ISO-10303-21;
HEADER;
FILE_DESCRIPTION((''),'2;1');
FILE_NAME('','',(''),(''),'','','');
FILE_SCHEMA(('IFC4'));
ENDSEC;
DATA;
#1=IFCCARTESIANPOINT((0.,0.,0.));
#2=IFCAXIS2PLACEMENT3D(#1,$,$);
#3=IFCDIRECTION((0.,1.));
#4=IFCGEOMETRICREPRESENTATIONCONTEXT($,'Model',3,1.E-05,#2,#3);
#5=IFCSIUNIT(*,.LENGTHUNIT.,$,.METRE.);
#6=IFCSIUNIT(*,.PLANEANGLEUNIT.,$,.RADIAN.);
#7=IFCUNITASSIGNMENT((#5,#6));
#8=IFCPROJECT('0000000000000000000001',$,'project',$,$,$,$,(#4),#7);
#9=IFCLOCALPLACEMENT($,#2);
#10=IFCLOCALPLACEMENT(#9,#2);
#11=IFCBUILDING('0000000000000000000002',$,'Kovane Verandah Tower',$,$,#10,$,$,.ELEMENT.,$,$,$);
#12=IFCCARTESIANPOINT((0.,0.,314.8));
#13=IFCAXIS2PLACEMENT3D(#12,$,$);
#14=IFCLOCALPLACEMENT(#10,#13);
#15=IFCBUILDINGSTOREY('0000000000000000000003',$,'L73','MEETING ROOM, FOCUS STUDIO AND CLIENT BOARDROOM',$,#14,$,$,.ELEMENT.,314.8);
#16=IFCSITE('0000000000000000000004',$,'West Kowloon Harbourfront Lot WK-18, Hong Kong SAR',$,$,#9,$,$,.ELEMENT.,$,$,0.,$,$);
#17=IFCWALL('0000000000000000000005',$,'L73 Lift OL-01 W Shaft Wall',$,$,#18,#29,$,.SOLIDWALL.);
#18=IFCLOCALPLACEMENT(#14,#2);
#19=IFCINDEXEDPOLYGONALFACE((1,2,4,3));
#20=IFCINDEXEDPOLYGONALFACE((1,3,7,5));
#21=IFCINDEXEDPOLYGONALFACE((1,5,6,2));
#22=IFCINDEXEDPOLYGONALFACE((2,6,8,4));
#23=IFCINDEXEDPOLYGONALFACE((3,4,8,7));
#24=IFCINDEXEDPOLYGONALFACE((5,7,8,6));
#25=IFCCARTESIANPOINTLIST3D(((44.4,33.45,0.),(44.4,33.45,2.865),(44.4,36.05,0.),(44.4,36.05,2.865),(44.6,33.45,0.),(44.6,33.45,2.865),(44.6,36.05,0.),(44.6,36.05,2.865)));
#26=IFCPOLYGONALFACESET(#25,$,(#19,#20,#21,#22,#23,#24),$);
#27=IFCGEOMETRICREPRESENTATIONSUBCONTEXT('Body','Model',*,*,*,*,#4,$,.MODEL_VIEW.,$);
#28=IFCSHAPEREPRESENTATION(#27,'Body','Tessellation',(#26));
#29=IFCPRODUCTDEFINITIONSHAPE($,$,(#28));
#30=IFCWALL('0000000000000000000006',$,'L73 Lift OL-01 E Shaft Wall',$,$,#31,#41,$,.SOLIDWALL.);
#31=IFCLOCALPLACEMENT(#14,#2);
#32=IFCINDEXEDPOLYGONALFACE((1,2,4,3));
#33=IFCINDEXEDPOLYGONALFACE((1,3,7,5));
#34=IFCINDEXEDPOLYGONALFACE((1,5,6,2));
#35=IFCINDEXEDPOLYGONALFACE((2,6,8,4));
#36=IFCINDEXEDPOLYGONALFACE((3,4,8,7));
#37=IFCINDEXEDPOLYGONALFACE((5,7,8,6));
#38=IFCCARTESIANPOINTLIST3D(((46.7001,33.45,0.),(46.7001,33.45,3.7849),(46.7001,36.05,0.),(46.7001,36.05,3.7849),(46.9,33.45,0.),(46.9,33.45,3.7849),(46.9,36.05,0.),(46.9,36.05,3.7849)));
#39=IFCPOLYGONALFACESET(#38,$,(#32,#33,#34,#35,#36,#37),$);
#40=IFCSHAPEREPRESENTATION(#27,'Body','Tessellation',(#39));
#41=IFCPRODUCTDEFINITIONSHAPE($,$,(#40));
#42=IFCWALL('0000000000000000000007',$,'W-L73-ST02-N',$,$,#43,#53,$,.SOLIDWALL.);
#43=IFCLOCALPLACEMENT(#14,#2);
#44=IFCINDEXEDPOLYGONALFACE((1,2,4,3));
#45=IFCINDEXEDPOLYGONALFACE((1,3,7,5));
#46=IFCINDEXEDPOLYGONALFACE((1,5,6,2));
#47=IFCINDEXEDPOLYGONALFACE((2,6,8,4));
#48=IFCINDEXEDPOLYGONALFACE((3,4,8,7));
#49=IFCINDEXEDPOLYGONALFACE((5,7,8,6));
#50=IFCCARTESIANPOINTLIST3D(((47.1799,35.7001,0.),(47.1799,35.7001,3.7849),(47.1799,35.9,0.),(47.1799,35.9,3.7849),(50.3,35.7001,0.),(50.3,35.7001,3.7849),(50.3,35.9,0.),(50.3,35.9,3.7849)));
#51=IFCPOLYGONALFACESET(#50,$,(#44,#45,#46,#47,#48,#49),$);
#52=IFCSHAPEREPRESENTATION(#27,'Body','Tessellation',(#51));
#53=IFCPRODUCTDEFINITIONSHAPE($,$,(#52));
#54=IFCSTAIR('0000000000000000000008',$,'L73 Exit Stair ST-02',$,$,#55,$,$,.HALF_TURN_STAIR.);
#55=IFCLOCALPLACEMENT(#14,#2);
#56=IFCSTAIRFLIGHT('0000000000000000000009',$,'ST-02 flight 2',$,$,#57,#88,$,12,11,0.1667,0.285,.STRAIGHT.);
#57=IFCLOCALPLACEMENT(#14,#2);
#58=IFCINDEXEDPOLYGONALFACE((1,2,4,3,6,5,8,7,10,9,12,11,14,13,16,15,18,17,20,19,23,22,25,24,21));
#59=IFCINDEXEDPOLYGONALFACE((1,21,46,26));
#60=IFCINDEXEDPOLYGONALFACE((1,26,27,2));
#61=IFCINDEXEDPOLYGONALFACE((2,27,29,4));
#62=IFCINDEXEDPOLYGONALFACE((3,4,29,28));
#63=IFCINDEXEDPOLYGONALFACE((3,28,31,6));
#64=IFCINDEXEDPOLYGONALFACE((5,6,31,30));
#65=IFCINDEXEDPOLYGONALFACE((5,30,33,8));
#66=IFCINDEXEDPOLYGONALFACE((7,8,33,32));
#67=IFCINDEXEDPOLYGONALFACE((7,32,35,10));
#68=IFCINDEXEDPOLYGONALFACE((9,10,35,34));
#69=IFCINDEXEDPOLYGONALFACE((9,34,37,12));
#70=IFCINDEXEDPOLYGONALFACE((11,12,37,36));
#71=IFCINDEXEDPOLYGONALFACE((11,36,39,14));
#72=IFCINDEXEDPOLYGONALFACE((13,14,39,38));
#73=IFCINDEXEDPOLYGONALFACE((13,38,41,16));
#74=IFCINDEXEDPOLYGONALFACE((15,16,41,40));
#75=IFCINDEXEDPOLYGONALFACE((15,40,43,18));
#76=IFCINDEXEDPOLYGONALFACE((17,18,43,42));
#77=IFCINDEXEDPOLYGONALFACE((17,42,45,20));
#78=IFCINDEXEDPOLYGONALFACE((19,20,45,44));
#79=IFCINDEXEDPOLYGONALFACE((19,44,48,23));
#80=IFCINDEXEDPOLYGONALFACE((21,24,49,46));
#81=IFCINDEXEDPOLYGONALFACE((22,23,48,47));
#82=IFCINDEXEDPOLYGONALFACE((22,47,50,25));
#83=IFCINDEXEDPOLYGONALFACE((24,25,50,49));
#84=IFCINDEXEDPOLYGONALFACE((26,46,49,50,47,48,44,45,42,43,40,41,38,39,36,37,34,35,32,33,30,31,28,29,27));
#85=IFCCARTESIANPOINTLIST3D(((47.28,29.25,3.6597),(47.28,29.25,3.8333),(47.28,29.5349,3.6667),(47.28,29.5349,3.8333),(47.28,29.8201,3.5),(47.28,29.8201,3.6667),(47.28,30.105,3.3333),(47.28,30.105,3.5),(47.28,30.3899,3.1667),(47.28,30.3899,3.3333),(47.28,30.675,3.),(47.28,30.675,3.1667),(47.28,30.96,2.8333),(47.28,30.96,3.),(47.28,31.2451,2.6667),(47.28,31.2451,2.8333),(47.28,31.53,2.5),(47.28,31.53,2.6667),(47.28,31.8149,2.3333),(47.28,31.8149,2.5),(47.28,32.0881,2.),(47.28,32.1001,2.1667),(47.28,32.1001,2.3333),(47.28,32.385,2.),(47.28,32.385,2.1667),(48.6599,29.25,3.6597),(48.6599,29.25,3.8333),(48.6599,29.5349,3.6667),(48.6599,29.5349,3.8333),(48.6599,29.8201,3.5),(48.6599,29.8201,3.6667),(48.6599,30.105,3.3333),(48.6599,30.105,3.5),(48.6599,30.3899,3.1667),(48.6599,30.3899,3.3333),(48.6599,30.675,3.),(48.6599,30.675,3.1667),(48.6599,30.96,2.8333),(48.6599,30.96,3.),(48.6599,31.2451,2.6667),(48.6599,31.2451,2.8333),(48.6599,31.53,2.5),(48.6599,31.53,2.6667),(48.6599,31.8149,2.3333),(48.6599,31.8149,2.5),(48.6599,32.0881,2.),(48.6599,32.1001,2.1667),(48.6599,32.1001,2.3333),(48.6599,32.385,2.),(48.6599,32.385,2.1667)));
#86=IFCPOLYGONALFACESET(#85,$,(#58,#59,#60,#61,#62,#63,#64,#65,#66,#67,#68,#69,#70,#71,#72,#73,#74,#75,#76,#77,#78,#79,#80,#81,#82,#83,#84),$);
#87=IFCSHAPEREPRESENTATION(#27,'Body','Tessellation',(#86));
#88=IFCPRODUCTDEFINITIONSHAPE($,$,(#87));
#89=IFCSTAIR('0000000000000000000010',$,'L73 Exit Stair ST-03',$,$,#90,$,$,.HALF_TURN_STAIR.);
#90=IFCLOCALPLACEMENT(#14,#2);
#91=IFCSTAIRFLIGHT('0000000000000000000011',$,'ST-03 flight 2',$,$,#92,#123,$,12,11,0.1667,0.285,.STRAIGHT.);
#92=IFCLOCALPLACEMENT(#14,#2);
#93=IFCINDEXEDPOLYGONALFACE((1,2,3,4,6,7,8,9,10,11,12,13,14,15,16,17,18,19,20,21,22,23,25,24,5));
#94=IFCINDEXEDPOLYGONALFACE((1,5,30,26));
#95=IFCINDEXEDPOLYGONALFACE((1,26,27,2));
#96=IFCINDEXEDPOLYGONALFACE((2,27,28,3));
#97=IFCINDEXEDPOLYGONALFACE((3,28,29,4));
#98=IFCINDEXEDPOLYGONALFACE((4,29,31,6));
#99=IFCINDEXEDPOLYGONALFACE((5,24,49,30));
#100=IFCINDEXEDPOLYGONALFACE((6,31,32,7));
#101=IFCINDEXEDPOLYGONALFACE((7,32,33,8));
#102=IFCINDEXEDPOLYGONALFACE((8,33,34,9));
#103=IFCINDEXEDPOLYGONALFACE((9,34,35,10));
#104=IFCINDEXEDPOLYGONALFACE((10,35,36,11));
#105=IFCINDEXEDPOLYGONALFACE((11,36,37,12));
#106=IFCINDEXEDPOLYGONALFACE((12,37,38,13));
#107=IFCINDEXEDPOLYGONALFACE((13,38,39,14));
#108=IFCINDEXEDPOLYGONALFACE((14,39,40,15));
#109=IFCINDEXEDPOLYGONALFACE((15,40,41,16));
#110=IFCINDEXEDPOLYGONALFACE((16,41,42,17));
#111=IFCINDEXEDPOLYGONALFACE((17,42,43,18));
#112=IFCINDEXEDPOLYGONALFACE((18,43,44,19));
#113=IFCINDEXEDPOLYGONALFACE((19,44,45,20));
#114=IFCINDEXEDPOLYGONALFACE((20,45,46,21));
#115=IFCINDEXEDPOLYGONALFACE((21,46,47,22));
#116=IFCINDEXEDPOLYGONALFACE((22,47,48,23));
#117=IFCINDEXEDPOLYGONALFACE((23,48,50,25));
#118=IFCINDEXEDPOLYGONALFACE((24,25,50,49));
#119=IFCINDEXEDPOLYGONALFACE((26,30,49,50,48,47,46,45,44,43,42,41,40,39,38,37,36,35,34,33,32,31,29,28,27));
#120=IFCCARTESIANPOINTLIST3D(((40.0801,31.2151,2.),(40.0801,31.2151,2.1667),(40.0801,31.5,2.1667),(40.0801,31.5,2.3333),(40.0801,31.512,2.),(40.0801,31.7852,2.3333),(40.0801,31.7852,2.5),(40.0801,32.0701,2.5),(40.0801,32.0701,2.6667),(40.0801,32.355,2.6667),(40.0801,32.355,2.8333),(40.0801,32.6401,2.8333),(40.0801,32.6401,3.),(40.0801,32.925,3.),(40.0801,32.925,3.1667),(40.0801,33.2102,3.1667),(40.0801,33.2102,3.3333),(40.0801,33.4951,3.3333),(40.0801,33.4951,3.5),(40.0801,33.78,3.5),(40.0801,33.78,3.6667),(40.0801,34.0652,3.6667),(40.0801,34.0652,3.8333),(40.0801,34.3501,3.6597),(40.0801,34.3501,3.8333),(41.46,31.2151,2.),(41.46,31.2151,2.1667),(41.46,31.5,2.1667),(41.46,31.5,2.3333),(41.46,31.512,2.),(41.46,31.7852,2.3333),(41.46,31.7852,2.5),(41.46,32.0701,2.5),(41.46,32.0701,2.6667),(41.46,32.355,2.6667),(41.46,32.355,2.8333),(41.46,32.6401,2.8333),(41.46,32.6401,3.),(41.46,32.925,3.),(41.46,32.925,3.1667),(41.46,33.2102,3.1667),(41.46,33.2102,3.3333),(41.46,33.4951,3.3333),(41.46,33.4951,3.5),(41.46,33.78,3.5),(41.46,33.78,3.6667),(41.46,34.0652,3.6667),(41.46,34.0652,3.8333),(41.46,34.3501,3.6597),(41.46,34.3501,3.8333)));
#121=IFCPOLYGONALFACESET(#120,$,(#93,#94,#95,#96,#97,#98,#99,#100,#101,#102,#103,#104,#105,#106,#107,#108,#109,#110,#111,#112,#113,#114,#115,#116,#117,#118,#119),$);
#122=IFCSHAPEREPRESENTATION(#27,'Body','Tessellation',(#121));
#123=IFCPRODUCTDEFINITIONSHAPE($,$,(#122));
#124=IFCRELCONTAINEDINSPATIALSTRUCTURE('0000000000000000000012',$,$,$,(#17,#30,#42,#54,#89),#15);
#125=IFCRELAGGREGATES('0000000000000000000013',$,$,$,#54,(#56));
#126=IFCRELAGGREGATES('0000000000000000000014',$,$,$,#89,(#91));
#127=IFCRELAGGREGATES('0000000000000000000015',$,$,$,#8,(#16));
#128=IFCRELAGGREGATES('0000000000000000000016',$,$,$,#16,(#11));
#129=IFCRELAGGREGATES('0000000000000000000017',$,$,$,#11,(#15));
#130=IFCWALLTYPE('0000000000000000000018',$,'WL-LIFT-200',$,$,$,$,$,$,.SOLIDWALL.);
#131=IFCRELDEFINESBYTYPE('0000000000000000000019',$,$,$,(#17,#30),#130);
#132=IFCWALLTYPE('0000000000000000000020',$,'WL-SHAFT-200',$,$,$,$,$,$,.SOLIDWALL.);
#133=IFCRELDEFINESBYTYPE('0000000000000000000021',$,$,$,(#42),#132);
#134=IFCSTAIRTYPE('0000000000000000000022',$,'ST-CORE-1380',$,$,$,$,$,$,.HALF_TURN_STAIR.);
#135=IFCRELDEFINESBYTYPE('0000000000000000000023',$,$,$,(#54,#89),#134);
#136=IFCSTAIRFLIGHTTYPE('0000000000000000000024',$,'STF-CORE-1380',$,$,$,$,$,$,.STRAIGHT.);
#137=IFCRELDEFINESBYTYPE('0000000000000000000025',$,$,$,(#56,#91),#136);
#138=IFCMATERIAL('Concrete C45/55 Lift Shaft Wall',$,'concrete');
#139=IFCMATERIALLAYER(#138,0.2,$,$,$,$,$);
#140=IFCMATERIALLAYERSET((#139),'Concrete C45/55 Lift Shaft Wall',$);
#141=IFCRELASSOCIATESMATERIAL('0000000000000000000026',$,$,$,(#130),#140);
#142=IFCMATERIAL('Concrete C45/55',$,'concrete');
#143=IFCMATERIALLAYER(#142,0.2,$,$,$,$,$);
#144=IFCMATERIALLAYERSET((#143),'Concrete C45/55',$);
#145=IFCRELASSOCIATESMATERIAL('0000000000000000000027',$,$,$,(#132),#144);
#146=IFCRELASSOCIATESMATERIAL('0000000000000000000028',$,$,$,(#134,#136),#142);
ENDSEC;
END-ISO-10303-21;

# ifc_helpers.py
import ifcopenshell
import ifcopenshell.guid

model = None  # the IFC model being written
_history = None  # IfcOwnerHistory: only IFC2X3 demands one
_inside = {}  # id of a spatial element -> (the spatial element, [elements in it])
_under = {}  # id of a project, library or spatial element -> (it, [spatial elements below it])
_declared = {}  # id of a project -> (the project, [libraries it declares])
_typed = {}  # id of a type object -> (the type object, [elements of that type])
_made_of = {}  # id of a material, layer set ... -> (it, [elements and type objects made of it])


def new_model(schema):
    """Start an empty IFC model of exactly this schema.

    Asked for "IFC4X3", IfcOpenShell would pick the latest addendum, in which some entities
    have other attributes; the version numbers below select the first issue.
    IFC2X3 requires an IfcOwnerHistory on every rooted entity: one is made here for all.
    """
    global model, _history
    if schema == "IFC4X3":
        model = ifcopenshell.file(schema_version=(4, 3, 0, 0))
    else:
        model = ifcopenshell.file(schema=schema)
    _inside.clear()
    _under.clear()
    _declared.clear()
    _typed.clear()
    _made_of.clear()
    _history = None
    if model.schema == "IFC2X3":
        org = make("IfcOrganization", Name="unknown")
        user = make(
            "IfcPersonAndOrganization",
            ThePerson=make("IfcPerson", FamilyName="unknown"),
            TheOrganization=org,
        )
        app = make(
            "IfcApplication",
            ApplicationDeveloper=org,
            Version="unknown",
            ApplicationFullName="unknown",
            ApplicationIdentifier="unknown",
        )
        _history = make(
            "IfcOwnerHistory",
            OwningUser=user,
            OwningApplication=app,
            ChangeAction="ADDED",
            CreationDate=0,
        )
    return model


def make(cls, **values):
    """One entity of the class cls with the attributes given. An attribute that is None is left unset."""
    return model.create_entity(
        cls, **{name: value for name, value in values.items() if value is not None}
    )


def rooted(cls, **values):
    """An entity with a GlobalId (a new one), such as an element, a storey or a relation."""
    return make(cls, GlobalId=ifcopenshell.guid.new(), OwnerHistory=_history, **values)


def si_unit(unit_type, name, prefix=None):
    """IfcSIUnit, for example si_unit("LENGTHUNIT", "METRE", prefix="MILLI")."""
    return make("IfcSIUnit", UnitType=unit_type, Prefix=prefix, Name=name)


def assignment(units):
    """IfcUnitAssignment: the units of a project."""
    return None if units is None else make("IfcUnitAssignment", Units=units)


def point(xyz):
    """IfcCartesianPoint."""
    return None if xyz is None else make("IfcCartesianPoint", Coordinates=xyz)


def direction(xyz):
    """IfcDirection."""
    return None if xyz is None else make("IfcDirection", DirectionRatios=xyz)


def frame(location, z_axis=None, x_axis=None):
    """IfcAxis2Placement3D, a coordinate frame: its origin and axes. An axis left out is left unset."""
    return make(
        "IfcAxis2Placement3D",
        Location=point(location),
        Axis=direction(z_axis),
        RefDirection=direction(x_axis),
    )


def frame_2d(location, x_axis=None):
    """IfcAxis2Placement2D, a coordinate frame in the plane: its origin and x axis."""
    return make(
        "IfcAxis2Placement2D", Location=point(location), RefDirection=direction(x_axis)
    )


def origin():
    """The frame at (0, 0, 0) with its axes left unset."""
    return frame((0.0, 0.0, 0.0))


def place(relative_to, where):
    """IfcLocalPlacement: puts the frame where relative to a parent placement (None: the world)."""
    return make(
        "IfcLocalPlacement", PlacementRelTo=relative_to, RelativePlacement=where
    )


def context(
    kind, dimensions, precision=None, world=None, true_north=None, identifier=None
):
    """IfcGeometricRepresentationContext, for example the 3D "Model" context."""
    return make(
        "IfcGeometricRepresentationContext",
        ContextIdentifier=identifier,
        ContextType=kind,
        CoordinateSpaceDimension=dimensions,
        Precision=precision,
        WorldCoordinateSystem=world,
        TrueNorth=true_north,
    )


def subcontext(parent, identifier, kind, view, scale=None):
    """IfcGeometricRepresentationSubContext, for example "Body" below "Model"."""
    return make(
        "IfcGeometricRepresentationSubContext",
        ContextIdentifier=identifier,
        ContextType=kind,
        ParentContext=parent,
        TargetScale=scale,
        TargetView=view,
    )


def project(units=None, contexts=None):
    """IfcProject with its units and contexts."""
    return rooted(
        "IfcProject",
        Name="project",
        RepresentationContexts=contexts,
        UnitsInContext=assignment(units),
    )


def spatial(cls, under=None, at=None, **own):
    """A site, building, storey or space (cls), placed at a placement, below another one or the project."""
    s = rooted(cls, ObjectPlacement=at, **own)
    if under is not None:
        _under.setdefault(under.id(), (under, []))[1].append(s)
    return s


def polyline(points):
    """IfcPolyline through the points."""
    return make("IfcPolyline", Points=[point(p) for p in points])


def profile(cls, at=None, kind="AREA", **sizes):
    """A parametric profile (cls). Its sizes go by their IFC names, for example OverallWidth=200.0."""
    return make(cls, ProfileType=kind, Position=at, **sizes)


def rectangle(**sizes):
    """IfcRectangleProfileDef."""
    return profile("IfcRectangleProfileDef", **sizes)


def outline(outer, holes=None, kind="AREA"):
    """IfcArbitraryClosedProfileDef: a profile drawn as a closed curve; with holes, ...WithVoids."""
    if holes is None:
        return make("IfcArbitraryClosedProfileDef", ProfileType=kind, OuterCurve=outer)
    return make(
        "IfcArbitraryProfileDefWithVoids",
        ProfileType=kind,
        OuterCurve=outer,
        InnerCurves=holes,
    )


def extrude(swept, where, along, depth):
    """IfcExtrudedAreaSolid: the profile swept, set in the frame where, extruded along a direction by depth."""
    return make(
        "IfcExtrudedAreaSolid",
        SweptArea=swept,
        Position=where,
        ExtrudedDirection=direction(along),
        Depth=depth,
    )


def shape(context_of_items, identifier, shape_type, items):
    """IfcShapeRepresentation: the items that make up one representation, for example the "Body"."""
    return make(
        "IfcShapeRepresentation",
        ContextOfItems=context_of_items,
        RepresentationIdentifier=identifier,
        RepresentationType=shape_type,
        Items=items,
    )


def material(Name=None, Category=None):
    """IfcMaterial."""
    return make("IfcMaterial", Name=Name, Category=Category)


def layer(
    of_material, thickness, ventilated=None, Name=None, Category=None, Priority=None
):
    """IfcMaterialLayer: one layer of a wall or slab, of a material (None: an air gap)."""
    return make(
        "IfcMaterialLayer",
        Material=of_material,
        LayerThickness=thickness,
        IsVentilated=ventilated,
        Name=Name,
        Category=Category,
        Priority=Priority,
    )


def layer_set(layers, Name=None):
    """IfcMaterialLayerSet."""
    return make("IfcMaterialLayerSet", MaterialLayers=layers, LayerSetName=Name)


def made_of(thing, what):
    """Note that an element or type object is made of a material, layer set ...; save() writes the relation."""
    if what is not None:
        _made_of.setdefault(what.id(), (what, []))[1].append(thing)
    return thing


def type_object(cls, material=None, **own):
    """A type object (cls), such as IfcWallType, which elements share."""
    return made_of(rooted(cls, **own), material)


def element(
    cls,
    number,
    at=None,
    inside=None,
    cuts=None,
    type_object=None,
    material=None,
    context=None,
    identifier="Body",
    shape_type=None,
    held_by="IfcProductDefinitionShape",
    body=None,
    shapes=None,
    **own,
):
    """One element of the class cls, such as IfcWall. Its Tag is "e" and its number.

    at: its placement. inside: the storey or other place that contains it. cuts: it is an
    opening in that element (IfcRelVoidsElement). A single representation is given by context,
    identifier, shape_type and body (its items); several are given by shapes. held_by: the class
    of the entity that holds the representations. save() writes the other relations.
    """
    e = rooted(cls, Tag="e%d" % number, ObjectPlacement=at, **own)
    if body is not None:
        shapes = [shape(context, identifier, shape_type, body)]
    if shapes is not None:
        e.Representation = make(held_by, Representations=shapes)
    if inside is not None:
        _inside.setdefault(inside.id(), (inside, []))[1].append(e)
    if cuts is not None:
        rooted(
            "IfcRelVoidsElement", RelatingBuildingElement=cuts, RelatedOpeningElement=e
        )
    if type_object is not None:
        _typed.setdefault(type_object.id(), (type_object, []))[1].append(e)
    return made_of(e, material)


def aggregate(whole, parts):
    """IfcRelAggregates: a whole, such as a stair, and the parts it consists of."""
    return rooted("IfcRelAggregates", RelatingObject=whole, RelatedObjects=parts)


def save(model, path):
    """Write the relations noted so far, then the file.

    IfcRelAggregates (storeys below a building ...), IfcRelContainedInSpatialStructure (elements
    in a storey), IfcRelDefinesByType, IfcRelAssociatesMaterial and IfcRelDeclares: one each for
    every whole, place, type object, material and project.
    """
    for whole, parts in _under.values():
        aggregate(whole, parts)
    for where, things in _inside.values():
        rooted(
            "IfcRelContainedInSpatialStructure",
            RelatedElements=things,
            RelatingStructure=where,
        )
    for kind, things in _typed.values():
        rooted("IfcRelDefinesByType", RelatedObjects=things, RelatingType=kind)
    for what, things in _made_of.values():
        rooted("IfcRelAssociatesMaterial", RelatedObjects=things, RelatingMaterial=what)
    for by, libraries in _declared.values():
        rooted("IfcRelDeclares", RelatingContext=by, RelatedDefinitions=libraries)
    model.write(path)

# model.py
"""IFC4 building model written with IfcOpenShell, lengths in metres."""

from ifc_helpers import new_model, si_unit, direction, frame, frame_2d, origin, place, context, subcontext, project, spatial, polyline, rectangle, outline, extrude, material, layer, layer_set, type_object, element, aggregate, save


model = new_model("IFC4")

# Units and contexts
model_context = context("Model", 3, precision=1e-05, world=origin(), true_north=direction((0.0, 1.0)))
body_context = subcontext(model_context, "Body", "Model", "MODEL_VIEW")
ifc_project = project(units=[si_unit("LENGTHUNIT", "METRE"), si_unit("PLANEANGLEUNIT", "RADIAN")], contexts=[model_context])

# Site, building, storey
site_placement = place(None, origin())
site = spatial("IfcSite", under=ifc_project, at=site_placement, Name="West Kowloon Harbourfront Lot WK-18, Hong Kong SAR", CompositionType="ELEMENT", RefElevation=0.0)
building_placement = place(site_placement, origin())
building = spatial("IfcBuilding", under=site, at=building_placement, Name="Kovane Verandah Tower", CompositionType="ELEMENT")
storey_placement = place(building_placement, frame((0.0, 0.0, 314.8)))
storey = spatial("IfcBuildingStorey", under=building, at=storey_placement, Name="L73", Description="MEETING ROOM, FOCUS STUDIO AND CLIENT BOARDROOM", CompositionType="ELEMENT", Elevation=314.8)

# Walls
ifc_material_1 = material(Name="Concrete C45/55 Lift Shaft Wall", Category="concrete")
ifc_layer_1 = layer(ifc_material_1, 0.2)
ifc_layer_set_1 = layer_set([ifc_layer_1], Name="Concrete C45/55 Lift Shaft Wall")
wall_type_1 = type_object("IfcWallType", Name="WL-LIFT-200", PredefinedType="SOLIDWALL", material=ifc_layer_set_1)
wall_1_placement = place(storey_placement, frame((44.5, 36.05, 0.0), z_axis=(0.0, 0.0, 1.0), x_axis=(0.0, -1.0, 0.0)))
element("IfcWall", 1, at=wall_1_placement, inside=storey, type_object=wall_type_1, Name="L73 Lift OL-01 W Shaft Wall", PredefinedType="SOLIDWALL", context=body_context, shape_type="SweptSolid", body=[
    extrude(rectangle(XDim=2.6001, YDim=0.2, at=frame_2d((1.3, 0.0))), origin(), (0.0, 0.0, 1.0), 2.865),
])
wall_2_placement = place(storey_placement, frame((46.8, 33.45, 0.0), z_axis=(0.0, 0.0, 1.0), x_axis=(0.0, 1.0, 0.0)))
element("IfcWall", 2, at=wall_2_placement, inside=storey, type_object=wall_type_1, Name="L73 Lift OL-01 E Shaft Wall", PredefinedType="SOLIDWALL", context=body_context, shape_type="SweptSolid", body=[
    extrude(rectangle(XDim=2.6001, YDim=0.2, at=frame_2d((1.3, 0.0))), origin(), (0.0, 0.0, 1.0), 3.7849),
])
ifc_material_2 = material(Name="Concrete C45/55", Category="concrete")
ifc_layer_2 = layer(ifc_material_2, 0.2)
ifc_layer_set_2 = layer_set([ifc_layer_2], Name="Concrete C45/55")
wall_type_2 = type_object("IfcWallType", Name="WL-SHAFT-200", PredefinedType="SOLIDWALL", material=ifc_layer_set_2)
wall_3_placement = place(storey_placement, frame((47.1799, 35.8, 0.0), z_axis=(0.0, 0.0, 1.0), x_axis=(1.0, 0.0, 0.0)))
element("IfcWall", 3, at=wall_3_placement, inside=storey, type_object=wall_type_2, Name="W-L73-ST02-N", PredefinedType="SOLIDWALL", context=body_context, shape_type="SweptSolid", body=[
    extrude(rectangle(XDim=3.1201, YDim=0.2, at=frame_2d((1.5601, 0.0))), origin(), (0.0, 0.0, 1.0), 3.7849),
])

# Stairs, stair flights
stair_type = type_object("IfcStairType", Name="ST-CORE-1380", PredefinedType="HALF_TURN_STAIR", material=ifc_material_2)
stair_1_placement = place(storey_placement, origin())
stair_1 = element("IfcStair", 4, at=stair_1_placement, inside=storey, type_object=stair_type, Name="L73 Exit Stair ST-02", PredefinedType="HALF_TURN_STAIR")
stair_flight_type = type_object("IfcStairFlightType", Name="STF-CORE-1380", PredefinedType="STRAIGHT", material=ifc_material_2)
stair_flight_1_placement = place(storey_placement, frame((47.97, 32.385, 2.0), z_axis=(0.0, 0.0, 1.0), x_axis=(0.0, -1.0, 0.0)))
stair_flight_1 = element("IfcStairFlight", 5, at=stair_flight_1_placement, type_object=stair_flight_type, Name="ST-02 flight 2", NumberOfRisers=12, NumberOfTreads=11, PredefinedType="STRAIGHT", RiserHeight=0.1667, TreadLength=0.285, context=body_context, shape_type="SweptSolid", body=[
    extrude(outline(polyline([(0.0, 0.0), (0.0, 0.1667), (0.2849, 0.1667), (0.2849, 0.3333), (0.5701, 0.3333), (0.5701, 0.5), (0.855, 0.5), (0.855, 0.6667), (1.1399, 0.6667), (1.1399, 0.8333), (1.425, 0.8333), (1.425, 1.0), (1.71, 1.0), (1.71, 1.1667), (1.9951, 1.1667), (1.9951, 1.3333), (2.28, 1.3333), (2.28, 1.5), (2.5649, 1.5), (2.5649, 1.6667), (2.8501, 1.6667), (2.8501, 1.8333), (3.135, 1.8333), (3.135, 2.0), (3.135, 1.6597), (0.2969, 0.0), (0.0, 0.0)])), frame((0.0, 0.6899, 0.0), z_axis=(0.0, -1.0, 0.0), x_axis=(1.0, 0.0, 0.0)), (0.0, 0.0, 1.0), 1.3799),
])
aggregate(stair_1, [stair_flight_1])
stair_2_placement = place(storey_placement, origin())
stair_2 = element("IfcStair", 6, at=stair_2_placement, inside=storey, type_object=stair_type, Name="L73 Exit Stair ST-03", PredefinedType="HALF_TURN_STAIR")
stair_flight_2_placement = place(storey_placement, frame((40.77, 31.2151, 2.0), z_axis=(0.0, 0.0, 1.0), x_axis=(0.0, 1.0, 0.0)))
stair_flight_2 = element("IfcStairFlight", 7, at=stair_flight_2_placement, type_object=stair_flight_type, Name="ST-03 flight 2", NumberOfRisers=12, NumberOfTreads=11, PredefinedType="STRAIGHT", RiserHeight=0.1667, TreadLength=0.285, context=body_context, shape_type="SweptSolid", body=[
    extrude(outline(polyline([(0.0, 0.0), (0.0, 0.1667), (0.2849, 0.1667), (0.2849, 0.3333), (0.5701, 0.3333), (0.5701, 0.5), (0.855, 0.5), (0.855, 0.6667), (1.1399, 0.6667), (1.1399, 0.8333), (1.425, 0.8333), (1.425, 1.0), (1.71, 1.0), (1.71, 1.1667), (1.9951, 1.1667), (1.9951, 1.3333), (2.28, 1.3333), (2.28, 1.5), (2.5649, 1.5), (2.5649, 1.6667), (2.8501, 1.6667), (2.8501, 1.8333), (3.135, 1.8333), (3.135, 2.0), (3.135, 1.6597), (0.2969, 0.0), (0.0, 0.0)])), frame((0.0, 0.6899, 0.0), z_axis=(0.0, -1.0, 0.0), x_axis=(1.0, 0.0, 0.0)), (0.0, 0.0, 1.0), 1.3799),
])
aggregate(stair_2, [stair_flight_2])

save(model, "model.ifc")
